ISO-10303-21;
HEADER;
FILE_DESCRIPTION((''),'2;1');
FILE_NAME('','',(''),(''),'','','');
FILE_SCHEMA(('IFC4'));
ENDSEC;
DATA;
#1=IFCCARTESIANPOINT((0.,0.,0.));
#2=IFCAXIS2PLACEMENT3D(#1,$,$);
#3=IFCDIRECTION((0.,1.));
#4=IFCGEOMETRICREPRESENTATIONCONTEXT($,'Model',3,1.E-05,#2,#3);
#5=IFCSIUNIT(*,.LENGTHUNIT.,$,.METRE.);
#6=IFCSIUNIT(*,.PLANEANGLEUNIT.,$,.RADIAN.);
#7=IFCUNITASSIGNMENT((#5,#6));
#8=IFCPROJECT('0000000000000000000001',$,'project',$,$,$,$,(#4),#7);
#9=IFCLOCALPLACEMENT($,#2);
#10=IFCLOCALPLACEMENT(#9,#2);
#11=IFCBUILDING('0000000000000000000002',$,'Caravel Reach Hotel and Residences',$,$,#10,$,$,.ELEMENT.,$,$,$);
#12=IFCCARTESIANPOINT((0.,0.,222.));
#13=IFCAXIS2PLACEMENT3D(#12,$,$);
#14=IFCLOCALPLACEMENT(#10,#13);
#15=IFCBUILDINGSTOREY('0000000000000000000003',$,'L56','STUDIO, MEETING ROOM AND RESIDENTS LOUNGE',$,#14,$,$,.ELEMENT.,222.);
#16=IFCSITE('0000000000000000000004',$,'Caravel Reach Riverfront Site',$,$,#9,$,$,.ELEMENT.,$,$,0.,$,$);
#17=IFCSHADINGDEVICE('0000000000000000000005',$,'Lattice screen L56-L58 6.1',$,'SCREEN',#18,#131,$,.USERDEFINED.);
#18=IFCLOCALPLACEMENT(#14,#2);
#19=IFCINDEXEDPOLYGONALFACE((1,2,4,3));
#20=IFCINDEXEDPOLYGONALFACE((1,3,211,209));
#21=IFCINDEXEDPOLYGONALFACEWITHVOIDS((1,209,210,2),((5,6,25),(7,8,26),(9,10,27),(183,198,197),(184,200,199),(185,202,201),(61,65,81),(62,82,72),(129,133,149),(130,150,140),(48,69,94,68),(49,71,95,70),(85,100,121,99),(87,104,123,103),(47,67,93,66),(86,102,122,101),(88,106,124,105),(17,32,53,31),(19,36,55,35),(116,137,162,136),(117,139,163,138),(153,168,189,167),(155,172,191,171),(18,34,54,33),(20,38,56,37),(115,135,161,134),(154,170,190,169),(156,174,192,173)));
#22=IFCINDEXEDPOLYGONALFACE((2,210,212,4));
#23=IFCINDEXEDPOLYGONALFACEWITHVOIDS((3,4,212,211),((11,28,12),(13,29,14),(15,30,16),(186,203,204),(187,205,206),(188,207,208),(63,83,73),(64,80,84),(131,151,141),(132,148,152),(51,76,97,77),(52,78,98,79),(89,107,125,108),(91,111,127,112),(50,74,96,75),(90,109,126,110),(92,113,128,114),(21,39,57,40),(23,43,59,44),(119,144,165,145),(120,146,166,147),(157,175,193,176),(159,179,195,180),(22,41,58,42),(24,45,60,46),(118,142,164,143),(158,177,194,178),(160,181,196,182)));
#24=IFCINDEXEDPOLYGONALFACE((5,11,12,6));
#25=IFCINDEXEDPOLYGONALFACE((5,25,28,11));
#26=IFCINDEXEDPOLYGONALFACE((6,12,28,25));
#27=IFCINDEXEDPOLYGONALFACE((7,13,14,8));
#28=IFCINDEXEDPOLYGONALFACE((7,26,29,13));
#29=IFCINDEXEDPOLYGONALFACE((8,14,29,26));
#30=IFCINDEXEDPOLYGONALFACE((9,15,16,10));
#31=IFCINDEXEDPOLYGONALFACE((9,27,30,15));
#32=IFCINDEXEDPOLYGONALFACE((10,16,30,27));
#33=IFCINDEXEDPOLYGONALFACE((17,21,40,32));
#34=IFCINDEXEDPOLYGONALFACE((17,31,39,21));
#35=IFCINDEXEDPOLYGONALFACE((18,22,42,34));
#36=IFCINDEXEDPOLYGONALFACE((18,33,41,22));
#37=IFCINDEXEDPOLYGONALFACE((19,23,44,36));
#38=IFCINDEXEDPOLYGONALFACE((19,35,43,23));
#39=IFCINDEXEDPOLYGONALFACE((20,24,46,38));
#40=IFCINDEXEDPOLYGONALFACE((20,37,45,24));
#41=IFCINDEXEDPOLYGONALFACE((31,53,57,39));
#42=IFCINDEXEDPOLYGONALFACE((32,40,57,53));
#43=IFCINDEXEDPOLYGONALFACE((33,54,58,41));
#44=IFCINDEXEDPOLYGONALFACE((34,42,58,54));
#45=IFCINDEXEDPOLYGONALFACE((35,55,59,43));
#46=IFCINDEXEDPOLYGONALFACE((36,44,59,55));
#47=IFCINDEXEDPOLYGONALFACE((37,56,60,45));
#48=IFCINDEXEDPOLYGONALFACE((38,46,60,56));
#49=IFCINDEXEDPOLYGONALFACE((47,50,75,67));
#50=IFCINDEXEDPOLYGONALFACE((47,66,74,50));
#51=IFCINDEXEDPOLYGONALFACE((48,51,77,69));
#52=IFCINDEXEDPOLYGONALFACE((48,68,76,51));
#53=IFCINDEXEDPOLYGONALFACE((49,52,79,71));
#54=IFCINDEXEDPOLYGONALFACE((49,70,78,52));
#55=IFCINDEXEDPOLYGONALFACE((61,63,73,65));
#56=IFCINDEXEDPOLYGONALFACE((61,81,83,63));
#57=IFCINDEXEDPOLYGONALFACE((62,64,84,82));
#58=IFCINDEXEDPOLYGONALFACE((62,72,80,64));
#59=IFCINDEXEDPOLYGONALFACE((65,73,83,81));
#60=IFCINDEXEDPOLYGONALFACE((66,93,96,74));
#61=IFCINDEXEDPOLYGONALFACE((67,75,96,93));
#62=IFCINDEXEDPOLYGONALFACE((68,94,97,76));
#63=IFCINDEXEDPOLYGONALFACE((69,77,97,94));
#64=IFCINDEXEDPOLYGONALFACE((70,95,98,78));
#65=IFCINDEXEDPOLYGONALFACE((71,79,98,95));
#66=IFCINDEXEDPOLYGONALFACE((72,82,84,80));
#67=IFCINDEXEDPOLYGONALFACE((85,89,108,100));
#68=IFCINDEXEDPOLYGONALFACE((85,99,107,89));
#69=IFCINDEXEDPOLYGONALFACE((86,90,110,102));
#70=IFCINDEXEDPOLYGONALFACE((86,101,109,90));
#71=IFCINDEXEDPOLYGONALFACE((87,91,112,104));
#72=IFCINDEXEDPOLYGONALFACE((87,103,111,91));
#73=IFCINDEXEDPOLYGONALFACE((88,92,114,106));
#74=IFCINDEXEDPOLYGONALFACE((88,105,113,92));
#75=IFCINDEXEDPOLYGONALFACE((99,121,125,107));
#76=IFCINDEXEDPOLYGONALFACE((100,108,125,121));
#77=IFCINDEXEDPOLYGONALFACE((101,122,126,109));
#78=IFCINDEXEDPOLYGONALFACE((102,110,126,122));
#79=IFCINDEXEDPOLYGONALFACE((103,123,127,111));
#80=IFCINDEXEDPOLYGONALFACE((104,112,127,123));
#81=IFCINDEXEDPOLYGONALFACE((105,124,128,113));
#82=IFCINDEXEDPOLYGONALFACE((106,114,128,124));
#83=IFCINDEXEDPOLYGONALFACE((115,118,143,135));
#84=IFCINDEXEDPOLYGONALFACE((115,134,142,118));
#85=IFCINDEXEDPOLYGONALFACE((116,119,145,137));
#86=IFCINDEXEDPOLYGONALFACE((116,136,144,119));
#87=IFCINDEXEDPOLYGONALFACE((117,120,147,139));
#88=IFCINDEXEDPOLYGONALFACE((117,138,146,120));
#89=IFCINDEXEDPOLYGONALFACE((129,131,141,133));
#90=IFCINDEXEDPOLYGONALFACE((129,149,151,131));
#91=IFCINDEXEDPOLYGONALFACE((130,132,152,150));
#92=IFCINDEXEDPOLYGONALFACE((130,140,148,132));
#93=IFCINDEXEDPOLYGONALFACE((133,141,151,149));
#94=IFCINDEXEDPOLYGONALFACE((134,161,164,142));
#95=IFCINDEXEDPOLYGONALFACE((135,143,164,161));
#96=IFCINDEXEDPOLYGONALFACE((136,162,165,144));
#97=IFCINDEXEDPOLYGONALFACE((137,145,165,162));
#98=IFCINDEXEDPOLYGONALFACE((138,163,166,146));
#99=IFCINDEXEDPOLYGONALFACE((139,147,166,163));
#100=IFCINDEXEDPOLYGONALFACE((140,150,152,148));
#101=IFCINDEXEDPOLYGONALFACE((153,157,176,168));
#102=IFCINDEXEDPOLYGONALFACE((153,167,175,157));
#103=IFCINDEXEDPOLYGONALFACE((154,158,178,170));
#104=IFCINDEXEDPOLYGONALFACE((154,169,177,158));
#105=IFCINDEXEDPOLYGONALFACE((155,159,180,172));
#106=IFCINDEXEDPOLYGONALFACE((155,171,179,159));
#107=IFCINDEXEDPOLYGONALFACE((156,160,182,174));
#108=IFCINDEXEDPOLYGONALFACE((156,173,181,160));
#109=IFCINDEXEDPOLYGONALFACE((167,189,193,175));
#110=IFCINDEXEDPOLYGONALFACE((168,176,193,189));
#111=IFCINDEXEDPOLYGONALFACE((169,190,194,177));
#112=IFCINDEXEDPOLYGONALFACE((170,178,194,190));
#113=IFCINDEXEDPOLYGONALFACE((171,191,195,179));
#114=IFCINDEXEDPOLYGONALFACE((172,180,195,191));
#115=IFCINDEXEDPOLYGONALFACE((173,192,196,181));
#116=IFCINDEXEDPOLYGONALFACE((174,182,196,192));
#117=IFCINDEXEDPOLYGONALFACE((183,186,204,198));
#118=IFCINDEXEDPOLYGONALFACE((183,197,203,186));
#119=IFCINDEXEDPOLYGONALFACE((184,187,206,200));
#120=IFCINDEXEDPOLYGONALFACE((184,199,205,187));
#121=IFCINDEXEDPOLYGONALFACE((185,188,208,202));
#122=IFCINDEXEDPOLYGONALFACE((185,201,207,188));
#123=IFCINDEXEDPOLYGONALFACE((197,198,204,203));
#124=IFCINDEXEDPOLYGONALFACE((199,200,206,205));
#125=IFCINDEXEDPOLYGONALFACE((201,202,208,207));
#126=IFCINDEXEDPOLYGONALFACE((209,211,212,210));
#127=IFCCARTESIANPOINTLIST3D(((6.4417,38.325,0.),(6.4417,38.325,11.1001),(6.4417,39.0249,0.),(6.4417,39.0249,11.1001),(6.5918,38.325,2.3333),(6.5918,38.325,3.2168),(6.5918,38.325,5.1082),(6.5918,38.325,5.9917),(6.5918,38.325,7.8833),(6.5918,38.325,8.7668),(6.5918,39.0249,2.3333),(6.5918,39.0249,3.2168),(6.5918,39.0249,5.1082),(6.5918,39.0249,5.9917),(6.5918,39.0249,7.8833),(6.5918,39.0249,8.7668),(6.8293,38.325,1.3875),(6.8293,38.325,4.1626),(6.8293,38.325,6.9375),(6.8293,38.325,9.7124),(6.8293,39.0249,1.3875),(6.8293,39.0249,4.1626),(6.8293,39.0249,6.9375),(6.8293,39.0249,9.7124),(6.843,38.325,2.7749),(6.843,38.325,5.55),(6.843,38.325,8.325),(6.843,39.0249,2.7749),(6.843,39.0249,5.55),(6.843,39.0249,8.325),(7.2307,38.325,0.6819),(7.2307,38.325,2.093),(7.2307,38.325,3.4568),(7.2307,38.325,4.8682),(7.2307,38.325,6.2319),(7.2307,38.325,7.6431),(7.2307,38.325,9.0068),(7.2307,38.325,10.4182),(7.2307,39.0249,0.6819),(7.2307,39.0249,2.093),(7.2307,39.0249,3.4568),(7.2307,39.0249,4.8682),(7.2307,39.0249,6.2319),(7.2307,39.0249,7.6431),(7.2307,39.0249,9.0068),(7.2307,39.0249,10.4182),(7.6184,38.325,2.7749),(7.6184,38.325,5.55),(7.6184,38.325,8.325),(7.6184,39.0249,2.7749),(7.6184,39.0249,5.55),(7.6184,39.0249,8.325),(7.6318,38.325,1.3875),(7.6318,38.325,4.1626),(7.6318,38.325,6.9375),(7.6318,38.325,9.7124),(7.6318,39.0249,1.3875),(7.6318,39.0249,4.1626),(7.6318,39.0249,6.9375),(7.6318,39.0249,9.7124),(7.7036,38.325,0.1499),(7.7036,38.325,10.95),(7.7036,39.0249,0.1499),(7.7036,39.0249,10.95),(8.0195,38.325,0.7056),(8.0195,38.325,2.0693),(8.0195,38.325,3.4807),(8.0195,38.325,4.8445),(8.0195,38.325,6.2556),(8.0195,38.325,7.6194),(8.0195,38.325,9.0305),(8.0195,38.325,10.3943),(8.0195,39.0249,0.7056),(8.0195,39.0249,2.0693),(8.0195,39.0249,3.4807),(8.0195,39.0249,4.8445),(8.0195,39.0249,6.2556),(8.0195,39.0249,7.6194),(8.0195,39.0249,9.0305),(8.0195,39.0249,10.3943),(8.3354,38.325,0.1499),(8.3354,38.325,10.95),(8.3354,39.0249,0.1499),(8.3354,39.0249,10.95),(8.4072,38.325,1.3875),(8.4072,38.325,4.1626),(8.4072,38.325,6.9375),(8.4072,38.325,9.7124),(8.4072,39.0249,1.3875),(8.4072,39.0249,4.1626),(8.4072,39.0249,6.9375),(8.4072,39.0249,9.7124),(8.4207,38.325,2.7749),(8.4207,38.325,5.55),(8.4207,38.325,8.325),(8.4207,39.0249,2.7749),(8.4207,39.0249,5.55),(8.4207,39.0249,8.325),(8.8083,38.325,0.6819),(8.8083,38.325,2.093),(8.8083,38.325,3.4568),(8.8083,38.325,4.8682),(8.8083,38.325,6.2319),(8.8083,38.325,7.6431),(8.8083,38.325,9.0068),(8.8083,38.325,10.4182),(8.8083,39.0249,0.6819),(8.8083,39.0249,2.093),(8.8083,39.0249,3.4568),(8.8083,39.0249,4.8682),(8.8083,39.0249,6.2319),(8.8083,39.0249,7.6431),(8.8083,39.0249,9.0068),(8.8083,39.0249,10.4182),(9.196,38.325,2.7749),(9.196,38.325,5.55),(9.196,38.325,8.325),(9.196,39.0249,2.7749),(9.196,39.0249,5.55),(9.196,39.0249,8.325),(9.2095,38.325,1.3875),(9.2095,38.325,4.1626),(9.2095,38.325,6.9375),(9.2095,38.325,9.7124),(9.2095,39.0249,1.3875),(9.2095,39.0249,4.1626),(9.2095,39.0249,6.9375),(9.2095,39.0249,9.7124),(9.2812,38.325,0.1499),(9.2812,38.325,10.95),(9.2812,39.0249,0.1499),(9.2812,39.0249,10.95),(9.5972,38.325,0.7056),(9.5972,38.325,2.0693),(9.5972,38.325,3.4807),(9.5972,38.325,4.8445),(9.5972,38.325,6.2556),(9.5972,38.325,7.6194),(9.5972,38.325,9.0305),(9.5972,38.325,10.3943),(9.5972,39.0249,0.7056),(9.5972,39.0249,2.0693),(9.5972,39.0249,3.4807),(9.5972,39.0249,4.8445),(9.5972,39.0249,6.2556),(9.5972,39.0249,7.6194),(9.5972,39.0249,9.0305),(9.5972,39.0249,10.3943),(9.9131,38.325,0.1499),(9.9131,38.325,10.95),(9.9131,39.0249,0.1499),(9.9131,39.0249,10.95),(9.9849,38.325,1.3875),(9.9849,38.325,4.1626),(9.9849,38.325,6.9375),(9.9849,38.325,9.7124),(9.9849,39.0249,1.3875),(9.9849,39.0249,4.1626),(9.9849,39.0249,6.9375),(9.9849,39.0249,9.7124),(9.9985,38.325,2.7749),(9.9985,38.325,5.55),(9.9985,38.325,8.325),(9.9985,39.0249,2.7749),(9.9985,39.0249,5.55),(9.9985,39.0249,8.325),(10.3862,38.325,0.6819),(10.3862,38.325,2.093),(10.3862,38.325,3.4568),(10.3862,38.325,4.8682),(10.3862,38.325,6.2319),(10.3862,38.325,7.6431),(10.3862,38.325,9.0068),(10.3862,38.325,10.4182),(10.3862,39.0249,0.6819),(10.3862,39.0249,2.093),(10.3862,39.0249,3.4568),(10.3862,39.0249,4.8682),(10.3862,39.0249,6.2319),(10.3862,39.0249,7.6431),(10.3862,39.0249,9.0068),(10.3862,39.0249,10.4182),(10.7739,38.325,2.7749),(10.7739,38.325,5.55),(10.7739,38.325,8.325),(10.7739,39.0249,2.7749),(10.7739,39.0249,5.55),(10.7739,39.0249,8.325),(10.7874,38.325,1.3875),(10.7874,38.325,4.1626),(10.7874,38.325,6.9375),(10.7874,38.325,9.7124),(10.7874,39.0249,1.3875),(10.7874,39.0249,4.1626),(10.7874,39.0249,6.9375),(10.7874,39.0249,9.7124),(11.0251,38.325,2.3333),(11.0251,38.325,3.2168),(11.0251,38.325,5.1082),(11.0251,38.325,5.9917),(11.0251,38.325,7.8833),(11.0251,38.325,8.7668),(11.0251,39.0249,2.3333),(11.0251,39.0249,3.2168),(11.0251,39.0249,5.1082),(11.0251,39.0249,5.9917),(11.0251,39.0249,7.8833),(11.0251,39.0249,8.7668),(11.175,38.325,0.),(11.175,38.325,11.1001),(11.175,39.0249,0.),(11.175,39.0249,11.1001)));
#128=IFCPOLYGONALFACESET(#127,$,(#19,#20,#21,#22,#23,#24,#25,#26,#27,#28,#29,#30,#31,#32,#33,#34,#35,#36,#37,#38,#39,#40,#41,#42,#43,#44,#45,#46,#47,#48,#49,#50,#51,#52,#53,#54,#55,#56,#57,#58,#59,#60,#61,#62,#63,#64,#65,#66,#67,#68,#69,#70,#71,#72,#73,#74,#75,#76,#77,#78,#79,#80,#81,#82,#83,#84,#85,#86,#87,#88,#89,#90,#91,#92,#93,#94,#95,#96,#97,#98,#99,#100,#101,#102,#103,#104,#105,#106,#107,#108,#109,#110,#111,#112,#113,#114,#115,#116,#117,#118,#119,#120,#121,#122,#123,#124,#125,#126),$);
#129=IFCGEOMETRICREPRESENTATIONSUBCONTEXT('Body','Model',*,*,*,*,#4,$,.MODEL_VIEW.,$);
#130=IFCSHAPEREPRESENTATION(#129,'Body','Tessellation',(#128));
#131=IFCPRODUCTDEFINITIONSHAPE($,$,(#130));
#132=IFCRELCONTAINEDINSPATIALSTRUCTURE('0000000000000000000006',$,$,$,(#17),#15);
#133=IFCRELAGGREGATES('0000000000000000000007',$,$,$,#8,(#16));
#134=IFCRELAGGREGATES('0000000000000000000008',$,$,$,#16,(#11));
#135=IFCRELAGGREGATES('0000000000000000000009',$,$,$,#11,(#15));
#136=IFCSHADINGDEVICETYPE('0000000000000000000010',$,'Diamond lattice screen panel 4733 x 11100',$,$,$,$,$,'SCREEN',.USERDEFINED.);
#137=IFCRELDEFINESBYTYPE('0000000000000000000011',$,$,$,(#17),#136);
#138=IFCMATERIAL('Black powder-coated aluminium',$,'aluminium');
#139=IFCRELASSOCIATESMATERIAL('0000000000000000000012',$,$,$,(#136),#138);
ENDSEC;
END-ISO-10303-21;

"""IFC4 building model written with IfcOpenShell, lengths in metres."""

from ifc_helpers import new_model, si_unit, direction, frame, origin, place, context, subcontext, project, spatial, polyline, outline, extrude, material, type_object, element, save


model = new_model("IFC4")

# Units and contexts
model_context = context("Model", 3, precision=1e-05, world=origin(), true_north=direction((0.0, 1.0)))
body_context = subcontext(model_context, "Body", "Model", "MODEL_VIEW")
ifc_project = project(units=[si_unit("LENGTHUNIT", "METRE"), si_unit("PLANEANGLEUNIT", "RADIAN")], contexts=[model_context])

# Site, building, storey
site_placement = place(None, origin())
site = spatial("IfcSite", under=ifc_project, at=site_placement, Name="Caravel Reach Riverfront Site", CompositionType="ELEMENT", RefElevation=0.0)
building_placement = place(site_placement, origin())
building = spatial("IfcBuilding", under=site, at=building_placement, Name="Caravel Reach Hotel and Residences", CompositionType="ELEMENT")
storey_placement = place(building_placement, frame((0.0, 0.0, 222.0)))
storey = spatial("IfcBuildingStorey", under=building, at=storey_placement, Name="L56", Description="STUDIO, MEETING ROOM AND RESIDENTS LOUNGE", CompositionType="ELEMENT", Elevation=222.0)

# Shading device
ifc_material_1 = material(Name="Black powder-coated aluminium", Category="aluminium")
shading_device_type_1 = type_object("IfcShadingDeviceType", Name="Diamond lattice screen panel 4733 x 11100", ElementType="SCREEN", PredefinedType="USERDEFINED", material=ifc_material_1)
shading_device_1_placement = place(storey_placement, frame((11.175, 38.325, 0.0), z_axis=(0.0, 1.0, 0.0), x_axis=(-1.0, 0.0, 0.0)))
element("IfcShadingDevice", 1, at=shading_device_1_placement, inside=storey, type_object=shading_device_type_1, Name="Lattice screen L56-L58 6.1", ObjectType="SCREEN", PredefinedType="USERDEFINED", context=body_context, shape_type="SweptSolid", body=[
    extrude(outline(polyline([(0.0, 0.0), (4.7334, 0.0), (4.7334, 11.1001), (0.0, 11.1001), (0.0, 0.0)]), holes=[polyline([(0.4011, 2.7749), (0.1499, 3.2168), (0.1499, 2.3333), (0.4011, 2.7749)]), polyline([(0.4011, 5.55), (0.1499, 5.9917), (0.1499, 5.1082), (0.4011, 5.55)]), polyline([(0.4011, 8.325), (0.1499, 8.7668), (0.1499, 7.8833), (0.4011, 8.325)]), polyline([(0.7888, 2.093), (0.3877, 1.3875), (0.7888, 0.6819), (1.1902, 1.3875), (0.7888, 2.093)]), polyline([(0.7888, 4.8682), (0.3877, 4.1626), (0.7888, 3.4568), (1.1902, 4.1626), (0.7888, 4.8682)]), polyline([(0.7888, 7.6431), (0.3877, 6.9375), (0.7888, 6.2319), (1.1902, 6.9375), (0.7888, 7.6431)]), polyline([(0.7888, 10.4182), (0.3877, 9.7124), (0.7888, 9.0068), (1.1902, 9.7124), (0.7888, 10.4182)]), polyline([(1.5779, 0.7056), (1.262, 0.1499), (1.8938, 0.1499), (1.5779, 0.7056)]), polyline([(1.5779, 3.4807), (1.1765, 2.7749), (1.5779, 2.0693), (1.979, 2.7749), (1.5779, 3.4807)]), polyline([(1.5779, 6.2556), (1.1765, 5.55), (1.5779, 4.8445), (1.979, 5.55), (1.5779, 6.2556)]), polyline([(1.5779, 9.0305), (1.1765, 8.325), (1.5779, 7.6194), (1.979, 8.325), (1.5779, 9.0305)]), polyline([(1.5779, 10.3943), (1.8938, 10.95), (1.262, 10.95), (1.5779, 10.3943)]), polyline([(2.3667, 2.093), (1.9656, 1.3875), (2.3667, 0.6819), (2.7678, 1.3875), (2.3667, 2.093)]), polyline([(2.3667, 4.8682), (1.9656, 4.1626), (2.3667, 3.4568), (2.7678, 4.1626), (2.3667, 4.8682)]), polyline([(2.3667, 7.6431), (1.9656, 6.9375), (2.3667, 6.2319), (2.7678, 6.9375), (2.3667, 7.6431)]), polyline([(2.3667, 10.4182), (1.9656, 9.7124), (2.3667, 9.0068), (2.7678, 9.7124), (2.3667, 10.4182)]), polyline([(3.1555, 0.7056), (2.8396, 0.1499), (3.4714, 0.1499), (3.1555, 0.7056)]), polyline([(3.1555, 3.4807), (2.7544, 2.7749), (3.1555, 2.0693), (3.5566, 2.7749), (3.1555, 3.4807)]), polyline([(3.1555, 6.2556), (2.7544, 5.55), (3.1555, 4.8445), (3.5566, 5.55), (3.1555, 6.2556)]), polyline([(3.1555, 9.0305), (2.7544, 8.325), (3.1555, 7.6194), (3.5566, 8.325), (3.1555, 9.0305)]), polyline([(3.1555, 10.3943), (3.4714, 10.95), (2.8396, 10.95), (3.1555, 10.3943)]), polyline([(3.9443, 2.093), (3.5432, 1.3875), (3.9443, 0.6819), (4.3457, 1.3875), (3.9443, 2.093)]), polyline([(3.9443, 4.8682), (3.5432, 4.1626), (3.9443, 3.4568), (4.3457, 4.1626), (3.9443, 4.8682)]), polyline([(3.9443, 7.6431), (3.5432, 6.9375), (3.9443, 6.2319), (4.3457, 6.9375), (3.9443, 7.6431)]), polyline([(3.9443, 10.4182), (3.5432, 9.7124), (3.9443, 9.0068), (4.3457, 9.7124), (3.9443, 10.4182)]), polyline([(4.332, 2.7749), (4.5833, 2.3333), (4.5833, 3.2168), (4.332, 2.7749)]), polyline([(4.332, 5.55), (4.5833, 5.1082), (4.5833, 5.9917), (4.332, 5.55)]), polyline([(4.332, 8.325), (4.5833, 7.8833), (4.5833, 8.7668), (4.332, 8.325)])]), origin(), (0.0, 0.0, 1.0), 0.7),
])

save(model, "model.ifc")
